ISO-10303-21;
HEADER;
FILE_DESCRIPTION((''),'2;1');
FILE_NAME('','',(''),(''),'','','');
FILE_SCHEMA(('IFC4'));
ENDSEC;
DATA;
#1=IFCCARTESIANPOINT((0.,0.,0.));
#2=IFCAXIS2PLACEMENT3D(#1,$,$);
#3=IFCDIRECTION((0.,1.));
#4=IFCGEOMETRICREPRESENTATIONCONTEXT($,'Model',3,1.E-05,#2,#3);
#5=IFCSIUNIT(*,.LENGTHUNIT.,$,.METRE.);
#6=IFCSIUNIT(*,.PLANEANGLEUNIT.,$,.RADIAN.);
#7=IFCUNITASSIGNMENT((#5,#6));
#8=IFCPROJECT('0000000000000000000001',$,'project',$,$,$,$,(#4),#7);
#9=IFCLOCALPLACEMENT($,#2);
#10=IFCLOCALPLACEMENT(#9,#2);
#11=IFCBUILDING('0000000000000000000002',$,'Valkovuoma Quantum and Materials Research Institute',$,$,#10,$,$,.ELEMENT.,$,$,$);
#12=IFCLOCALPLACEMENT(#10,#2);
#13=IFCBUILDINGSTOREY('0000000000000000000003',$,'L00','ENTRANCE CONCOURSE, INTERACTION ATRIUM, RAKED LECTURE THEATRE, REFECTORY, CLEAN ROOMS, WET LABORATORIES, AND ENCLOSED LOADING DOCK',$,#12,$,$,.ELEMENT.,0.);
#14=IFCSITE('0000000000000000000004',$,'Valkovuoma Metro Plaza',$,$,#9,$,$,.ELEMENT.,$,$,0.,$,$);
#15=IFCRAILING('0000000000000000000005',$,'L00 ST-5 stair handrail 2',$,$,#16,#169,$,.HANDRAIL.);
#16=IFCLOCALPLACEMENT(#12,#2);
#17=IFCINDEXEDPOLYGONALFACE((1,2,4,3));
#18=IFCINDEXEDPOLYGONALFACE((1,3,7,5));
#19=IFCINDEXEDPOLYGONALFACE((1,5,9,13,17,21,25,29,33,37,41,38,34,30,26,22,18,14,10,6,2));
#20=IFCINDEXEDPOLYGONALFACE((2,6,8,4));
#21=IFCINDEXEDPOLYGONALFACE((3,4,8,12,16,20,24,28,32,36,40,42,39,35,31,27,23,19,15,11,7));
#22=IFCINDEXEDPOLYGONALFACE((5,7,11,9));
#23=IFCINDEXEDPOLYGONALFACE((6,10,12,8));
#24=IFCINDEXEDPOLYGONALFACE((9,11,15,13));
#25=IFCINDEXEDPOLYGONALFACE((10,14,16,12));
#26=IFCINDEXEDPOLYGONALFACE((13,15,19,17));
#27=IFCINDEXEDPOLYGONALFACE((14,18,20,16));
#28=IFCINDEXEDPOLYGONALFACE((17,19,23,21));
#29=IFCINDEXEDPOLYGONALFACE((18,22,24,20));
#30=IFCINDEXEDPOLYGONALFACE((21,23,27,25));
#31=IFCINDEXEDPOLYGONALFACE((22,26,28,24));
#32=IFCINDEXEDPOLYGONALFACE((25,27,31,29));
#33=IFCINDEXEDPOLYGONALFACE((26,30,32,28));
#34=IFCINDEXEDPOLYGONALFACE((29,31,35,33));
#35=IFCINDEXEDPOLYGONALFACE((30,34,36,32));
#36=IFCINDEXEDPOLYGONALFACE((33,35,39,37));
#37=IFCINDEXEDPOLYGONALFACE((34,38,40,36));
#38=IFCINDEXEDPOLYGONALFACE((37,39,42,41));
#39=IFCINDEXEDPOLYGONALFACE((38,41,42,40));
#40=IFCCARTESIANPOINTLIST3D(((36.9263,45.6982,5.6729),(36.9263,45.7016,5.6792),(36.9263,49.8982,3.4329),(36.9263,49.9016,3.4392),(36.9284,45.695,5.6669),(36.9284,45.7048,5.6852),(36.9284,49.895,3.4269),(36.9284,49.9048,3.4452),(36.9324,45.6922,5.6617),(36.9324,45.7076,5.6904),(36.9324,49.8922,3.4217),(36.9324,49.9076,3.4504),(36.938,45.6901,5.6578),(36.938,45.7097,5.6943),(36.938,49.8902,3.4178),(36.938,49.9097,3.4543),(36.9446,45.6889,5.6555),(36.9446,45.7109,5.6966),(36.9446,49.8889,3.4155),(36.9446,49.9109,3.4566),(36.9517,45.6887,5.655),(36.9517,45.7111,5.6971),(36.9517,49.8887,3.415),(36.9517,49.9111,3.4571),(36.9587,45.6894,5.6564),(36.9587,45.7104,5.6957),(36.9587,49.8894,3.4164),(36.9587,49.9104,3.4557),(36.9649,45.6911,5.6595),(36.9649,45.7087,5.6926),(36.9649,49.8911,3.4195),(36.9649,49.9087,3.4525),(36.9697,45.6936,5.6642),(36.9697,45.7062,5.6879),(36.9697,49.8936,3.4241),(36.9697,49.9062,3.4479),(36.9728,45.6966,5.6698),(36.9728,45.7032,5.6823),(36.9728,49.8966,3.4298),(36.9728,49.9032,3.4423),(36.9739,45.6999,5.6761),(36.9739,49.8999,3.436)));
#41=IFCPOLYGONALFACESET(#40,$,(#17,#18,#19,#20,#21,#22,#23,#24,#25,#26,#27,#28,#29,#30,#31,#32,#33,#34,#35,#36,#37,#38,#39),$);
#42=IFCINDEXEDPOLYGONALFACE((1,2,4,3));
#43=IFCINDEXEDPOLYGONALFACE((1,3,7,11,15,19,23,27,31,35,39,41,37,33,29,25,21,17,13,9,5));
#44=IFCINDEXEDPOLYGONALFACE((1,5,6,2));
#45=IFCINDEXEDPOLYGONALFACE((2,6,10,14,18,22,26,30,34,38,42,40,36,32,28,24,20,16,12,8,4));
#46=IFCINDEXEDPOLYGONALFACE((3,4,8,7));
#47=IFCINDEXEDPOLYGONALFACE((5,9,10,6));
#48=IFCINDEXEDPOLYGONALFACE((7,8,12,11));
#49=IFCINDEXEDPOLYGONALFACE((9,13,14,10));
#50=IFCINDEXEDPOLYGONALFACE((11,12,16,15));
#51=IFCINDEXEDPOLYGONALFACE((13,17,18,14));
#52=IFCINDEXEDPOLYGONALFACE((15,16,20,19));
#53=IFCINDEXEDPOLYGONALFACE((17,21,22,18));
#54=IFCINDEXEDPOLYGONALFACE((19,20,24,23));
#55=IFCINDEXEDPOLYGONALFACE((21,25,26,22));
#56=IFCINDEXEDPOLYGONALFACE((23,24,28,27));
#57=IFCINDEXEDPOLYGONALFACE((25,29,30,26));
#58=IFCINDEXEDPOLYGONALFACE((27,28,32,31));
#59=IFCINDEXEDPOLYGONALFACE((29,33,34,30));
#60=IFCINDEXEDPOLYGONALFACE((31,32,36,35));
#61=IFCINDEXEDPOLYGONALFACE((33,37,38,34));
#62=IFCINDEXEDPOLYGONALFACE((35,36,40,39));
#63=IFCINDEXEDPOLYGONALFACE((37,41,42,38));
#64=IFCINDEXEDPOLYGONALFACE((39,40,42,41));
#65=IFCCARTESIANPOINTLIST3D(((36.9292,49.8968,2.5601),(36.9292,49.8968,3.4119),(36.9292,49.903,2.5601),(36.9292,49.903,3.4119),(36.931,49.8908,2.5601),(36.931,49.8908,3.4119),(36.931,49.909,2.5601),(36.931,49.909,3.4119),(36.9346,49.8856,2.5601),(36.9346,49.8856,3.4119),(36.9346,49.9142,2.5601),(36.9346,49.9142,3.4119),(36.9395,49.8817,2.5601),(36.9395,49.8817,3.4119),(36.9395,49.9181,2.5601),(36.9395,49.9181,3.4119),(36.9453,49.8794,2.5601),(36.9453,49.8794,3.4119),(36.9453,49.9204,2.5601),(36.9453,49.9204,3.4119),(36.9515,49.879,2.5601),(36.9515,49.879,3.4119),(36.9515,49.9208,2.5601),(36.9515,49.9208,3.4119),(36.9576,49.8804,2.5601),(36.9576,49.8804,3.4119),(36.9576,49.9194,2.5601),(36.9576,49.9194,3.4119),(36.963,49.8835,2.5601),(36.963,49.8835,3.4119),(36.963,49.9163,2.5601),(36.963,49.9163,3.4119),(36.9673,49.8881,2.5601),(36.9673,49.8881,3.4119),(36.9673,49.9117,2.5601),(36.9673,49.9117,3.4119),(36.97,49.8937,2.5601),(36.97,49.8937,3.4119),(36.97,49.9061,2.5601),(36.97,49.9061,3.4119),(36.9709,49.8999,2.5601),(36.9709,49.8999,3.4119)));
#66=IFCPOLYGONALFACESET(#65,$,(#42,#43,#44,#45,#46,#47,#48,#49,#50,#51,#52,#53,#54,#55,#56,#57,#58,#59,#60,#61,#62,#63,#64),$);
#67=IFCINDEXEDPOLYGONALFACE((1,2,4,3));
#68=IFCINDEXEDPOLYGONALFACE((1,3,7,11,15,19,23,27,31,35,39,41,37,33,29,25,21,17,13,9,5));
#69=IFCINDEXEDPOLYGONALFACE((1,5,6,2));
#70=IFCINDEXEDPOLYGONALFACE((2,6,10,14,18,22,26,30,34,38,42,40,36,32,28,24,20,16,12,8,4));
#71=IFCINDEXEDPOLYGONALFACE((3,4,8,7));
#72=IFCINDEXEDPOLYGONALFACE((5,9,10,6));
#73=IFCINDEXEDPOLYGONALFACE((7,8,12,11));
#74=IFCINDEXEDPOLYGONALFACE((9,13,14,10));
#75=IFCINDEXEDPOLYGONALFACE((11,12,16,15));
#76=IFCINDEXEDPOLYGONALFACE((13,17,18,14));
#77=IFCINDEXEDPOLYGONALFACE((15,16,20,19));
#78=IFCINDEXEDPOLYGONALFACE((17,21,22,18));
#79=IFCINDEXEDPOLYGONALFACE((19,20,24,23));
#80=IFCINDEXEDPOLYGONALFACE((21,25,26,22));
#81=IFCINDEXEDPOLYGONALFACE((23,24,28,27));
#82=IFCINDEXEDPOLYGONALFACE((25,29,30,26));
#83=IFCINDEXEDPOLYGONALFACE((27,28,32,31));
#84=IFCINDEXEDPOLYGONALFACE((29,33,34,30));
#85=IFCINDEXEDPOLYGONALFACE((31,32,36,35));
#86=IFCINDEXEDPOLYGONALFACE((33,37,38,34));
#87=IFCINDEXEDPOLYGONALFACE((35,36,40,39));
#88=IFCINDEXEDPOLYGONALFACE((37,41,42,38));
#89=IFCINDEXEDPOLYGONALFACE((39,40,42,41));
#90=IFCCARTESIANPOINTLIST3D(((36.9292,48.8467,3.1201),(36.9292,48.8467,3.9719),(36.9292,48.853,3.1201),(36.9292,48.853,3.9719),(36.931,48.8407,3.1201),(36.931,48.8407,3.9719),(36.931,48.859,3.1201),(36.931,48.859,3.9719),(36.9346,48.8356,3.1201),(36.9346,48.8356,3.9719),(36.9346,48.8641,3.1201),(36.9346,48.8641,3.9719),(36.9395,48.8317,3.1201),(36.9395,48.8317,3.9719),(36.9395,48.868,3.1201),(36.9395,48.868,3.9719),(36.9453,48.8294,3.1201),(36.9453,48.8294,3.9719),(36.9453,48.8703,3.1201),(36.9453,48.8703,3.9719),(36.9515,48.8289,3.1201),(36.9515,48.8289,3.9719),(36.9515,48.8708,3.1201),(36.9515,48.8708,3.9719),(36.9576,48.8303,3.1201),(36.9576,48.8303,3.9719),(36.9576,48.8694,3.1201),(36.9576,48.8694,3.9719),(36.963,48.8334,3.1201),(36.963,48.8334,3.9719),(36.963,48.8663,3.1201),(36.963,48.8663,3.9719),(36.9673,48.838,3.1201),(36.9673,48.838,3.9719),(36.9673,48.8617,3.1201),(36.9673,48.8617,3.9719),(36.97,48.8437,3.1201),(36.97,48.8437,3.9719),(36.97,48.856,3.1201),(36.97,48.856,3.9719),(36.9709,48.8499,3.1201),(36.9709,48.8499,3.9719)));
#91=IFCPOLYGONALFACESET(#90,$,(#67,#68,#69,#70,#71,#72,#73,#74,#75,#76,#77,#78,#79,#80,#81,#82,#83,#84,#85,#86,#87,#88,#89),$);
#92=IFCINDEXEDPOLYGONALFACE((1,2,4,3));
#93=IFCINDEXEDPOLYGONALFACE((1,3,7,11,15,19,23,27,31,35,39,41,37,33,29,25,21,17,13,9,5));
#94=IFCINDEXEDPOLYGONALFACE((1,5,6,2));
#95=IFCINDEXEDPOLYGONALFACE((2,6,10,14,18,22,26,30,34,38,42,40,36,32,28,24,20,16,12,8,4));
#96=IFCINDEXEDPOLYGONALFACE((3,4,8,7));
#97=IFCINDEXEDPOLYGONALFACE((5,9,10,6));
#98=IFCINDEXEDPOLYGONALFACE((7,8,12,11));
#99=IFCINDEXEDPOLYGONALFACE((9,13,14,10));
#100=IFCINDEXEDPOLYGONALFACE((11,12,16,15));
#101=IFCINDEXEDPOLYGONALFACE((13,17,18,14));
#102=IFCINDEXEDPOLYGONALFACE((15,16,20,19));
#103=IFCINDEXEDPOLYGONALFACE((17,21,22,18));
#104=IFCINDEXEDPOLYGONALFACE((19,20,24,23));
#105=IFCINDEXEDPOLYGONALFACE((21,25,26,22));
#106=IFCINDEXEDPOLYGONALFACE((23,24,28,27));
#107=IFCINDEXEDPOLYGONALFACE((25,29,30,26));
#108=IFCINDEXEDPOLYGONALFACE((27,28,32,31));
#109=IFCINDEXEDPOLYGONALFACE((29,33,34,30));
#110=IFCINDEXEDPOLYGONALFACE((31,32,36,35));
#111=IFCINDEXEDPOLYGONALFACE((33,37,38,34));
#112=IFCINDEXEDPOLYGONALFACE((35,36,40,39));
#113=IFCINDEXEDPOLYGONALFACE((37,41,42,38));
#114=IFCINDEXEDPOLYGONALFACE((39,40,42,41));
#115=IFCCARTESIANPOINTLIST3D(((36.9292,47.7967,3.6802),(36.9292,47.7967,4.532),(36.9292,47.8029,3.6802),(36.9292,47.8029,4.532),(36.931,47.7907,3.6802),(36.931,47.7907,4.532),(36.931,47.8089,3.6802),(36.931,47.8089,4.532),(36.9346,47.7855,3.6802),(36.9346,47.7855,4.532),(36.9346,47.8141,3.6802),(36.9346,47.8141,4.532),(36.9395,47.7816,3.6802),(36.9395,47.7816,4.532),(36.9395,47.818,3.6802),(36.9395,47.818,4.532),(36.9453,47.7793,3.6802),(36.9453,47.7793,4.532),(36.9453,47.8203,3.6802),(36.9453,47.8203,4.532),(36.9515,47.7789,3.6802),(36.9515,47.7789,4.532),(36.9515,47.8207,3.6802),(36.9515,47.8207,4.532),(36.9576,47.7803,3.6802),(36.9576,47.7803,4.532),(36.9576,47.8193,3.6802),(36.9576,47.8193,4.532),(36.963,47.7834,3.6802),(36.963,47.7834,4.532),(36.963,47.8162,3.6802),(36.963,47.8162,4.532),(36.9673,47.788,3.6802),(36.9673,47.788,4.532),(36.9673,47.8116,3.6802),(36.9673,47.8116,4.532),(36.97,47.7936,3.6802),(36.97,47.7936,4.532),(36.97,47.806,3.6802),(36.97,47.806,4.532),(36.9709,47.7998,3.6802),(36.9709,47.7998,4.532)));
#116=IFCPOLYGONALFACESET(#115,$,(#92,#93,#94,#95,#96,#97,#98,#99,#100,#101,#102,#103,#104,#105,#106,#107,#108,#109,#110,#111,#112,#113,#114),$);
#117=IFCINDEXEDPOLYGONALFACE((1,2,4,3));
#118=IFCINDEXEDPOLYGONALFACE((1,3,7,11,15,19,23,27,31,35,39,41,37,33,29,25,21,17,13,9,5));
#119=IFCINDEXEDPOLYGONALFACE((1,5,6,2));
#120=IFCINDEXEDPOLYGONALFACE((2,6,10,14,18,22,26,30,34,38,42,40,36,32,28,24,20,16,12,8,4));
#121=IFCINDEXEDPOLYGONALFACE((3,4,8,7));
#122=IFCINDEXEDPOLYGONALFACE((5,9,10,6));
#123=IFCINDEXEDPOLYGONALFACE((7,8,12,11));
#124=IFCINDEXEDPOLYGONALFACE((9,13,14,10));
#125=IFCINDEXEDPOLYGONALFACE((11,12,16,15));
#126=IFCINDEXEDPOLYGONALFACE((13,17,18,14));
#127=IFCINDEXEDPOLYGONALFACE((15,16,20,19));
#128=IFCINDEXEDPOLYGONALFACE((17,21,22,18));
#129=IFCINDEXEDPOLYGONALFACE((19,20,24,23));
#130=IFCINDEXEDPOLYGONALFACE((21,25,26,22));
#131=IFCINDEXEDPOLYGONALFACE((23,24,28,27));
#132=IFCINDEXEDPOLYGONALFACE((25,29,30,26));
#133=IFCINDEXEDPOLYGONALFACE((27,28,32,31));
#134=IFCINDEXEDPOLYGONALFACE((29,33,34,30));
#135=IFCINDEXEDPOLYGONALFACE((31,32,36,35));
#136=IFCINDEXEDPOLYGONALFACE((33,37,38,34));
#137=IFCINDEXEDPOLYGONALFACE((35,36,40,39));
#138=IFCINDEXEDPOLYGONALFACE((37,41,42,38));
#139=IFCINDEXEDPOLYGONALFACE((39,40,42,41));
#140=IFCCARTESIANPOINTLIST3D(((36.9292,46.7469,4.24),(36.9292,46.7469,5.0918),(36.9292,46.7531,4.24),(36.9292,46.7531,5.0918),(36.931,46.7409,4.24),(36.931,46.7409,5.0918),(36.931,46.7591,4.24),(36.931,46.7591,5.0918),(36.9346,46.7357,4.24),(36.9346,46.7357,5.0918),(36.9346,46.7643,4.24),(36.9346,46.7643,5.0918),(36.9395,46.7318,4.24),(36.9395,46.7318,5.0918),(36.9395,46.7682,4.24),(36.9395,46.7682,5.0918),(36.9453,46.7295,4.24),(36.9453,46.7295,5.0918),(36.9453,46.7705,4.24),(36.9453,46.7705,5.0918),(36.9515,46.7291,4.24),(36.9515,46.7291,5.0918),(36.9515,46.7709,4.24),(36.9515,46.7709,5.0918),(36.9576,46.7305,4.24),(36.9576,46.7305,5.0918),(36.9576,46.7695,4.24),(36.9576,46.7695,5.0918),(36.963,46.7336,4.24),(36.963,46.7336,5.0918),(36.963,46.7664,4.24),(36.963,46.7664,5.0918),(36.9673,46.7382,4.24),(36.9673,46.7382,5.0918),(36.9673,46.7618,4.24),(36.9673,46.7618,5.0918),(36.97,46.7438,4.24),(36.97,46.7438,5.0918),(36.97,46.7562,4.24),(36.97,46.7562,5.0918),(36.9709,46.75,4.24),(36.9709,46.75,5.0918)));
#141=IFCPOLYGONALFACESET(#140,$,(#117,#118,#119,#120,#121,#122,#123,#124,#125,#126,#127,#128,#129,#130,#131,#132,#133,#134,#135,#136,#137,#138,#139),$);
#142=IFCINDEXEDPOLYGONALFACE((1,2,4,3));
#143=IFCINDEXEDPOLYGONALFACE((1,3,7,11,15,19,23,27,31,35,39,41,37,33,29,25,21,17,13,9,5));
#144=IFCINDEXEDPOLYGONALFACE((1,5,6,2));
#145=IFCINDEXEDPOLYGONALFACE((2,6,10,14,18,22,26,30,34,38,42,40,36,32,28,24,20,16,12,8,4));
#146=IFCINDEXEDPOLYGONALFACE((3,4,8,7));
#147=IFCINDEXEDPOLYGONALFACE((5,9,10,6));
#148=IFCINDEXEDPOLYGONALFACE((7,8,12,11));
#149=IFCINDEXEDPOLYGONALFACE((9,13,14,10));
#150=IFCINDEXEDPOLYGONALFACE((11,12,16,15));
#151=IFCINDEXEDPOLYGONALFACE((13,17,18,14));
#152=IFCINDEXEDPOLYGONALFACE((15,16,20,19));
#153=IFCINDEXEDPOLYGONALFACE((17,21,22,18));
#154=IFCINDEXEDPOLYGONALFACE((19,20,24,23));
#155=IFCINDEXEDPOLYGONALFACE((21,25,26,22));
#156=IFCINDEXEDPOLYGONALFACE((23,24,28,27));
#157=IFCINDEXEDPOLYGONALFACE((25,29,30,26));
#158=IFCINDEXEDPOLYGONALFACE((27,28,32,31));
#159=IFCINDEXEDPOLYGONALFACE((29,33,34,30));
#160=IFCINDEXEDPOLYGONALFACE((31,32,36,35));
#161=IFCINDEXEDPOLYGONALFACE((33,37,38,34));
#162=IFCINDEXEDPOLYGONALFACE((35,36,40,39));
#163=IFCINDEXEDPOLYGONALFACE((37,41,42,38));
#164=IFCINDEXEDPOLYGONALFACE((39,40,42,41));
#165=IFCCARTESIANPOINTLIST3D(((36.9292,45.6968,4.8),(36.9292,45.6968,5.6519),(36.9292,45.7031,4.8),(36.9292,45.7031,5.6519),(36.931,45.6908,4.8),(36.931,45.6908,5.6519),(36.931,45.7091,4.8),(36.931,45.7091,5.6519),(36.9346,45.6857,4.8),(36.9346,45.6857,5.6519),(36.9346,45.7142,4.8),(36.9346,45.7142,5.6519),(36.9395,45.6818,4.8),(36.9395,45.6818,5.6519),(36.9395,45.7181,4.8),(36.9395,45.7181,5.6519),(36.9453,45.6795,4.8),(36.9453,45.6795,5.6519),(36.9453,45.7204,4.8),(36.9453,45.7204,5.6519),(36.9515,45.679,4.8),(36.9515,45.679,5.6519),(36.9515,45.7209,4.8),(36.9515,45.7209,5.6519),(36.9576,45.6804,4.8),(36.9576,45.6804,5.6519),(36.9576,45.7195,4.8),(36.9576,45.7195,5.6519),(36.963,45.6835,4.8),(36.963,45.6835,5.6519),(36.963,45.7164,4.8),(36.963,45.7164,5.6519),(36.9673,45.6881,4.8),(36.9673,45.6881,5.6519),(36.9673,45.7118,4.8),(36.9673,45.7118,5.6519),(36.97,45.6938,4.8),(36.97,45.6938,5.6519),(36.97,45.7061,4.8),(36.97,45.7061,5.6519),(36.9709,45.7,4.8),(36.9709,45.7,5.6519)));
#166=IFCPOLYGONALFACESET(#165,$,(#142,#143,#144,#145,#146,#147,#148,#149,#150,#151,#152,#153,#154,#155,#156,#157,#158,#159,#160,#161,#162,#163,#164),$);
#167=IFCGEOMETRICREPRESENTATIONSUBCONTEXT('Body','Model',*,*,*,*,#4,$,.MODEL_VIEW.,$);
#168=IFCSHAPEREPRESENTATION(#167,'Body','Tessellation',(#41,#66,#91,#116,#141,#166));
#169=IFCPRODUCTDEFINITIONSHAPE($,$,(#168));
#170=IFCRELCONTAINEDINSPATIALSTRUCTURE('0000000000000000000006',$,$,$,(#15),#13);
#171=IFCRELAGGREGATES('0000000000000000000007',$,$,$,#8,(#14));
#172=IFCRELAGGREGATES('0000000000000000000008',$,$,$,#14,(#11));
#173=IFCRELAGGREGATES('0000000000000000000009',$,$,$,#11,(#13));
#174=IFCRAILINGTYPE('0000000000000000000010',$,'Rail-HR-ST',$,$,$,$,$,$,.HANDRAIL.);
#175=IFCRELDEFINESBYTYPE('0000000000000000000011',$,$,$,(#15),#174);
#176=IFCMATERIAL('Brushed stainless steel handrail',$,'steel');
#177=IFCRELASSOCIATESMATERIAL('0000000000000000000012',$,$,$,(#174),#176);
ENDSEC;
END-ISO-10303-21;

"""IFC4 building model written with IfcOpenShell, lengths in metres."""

from ifc_helpers import new_model, si_unit, direction, frame, origin, origin_2d, place, context, subcontext, project, spatial, circle, extrude, material, type_object, element, save


model = new_model("IFC4")

# Units and contexts
model_context = context("Model", 3, precision=1e-05, world=origin(), true_north=direction((0.0, 1.0)))
body_context = subcontext(model_context, "Body", "Model", "MODEL_VIEW")
ifc_project = project(units=[si_unit("LENGTHUNIT", "METRE"), si_unit("PLANEANGLEUNIT", "RADIAN")], contexts=[model_context])

# Site, building, storey
site_placement = place(None, origin())
site = spatial("IfcSite", under=ifc_project, at=site_placement, Name="Valkovuoma Metro Plaza", CompositionType="ELEMENT", RefElevation=0.0)
building_placement = place(site_placement, origin())
building = spatial("IfcBuilding", under=site, at=building_placement, Name="Valkovuoma Quantum and Materials Research Institute", CompositionType="ELEMENT")
storey_placement = place(building_placement, origin())
storey = spatial("IfcBuildingStorey", under=building, at=storey_placement, Name="L00", Description="ENTRANCE CONCOURSE, INTERACTION ATRIUM, RAKED LECTURE THEATRE, REFECTORY, CLEAN ROOMS, WET LABORATORIES, AND ENCLOSED LOADING DOCK", CompositionType="ELEMENT", Elevation=0.0)

# Railing
ifc_material_1 = material(Name="Brushed stainless steel handrail", Category="steel")
railing_type_1 = type_object("IfcRailingType", Name="Rail-HR-ST", PredefinedType="HANDRAIL", material=ifc_material_1)
railing_1_placement = place(storey_placement, frame((36.95, 49.8999, 2.5601)))
element("IfcRailing", 1, at=railing_1_placement, inside=storey, type_object=railing_type_1, Name="L00 ST-5 stair handrail 2", PredefinedType="HANDRAIL", context=body_context, shape_type="SweptSolid", body=[
    extrude(circle(Radius=0.0239, at=origin_2d()), frame((0.0, 0.0, 0.876), z_axis=(0.0, -0.882352, 0.470591), x_axis=(1.0, 0.0, 0.0)), (0.0, 0.0, 1.0), 4.76),
    extrude(circle(Radius=0.021, at=origin_2d()), origin(), (0.0, 0.0, 1.0), 0.8518),
    extrude(circle(Radius=0.021, at=origin_2d()), frame((0.0, -1.05, 0.5601)), (0.0, 0.0, 1.0), 0.8518),
    extrude(circle(Radius=0.021, at=origin_2d()), frame((0.0, -2.1001, 1.1201)), (0.0, 0.0, 1.0), 0.8518),
    extrude(circle(Radius=0.021, at=origin_2d()), frame((0.0, -3.1499, 1.6799)), (0.0, 0.0, 1.0), 0.8518),
    extrude(circle(Radius=0.021, at=origin_2d()), frame((0.0, -4.2, 2.24)), (0.0, 0.0, 1.0), 0.8518),
])

save(model, "model.ifc")
